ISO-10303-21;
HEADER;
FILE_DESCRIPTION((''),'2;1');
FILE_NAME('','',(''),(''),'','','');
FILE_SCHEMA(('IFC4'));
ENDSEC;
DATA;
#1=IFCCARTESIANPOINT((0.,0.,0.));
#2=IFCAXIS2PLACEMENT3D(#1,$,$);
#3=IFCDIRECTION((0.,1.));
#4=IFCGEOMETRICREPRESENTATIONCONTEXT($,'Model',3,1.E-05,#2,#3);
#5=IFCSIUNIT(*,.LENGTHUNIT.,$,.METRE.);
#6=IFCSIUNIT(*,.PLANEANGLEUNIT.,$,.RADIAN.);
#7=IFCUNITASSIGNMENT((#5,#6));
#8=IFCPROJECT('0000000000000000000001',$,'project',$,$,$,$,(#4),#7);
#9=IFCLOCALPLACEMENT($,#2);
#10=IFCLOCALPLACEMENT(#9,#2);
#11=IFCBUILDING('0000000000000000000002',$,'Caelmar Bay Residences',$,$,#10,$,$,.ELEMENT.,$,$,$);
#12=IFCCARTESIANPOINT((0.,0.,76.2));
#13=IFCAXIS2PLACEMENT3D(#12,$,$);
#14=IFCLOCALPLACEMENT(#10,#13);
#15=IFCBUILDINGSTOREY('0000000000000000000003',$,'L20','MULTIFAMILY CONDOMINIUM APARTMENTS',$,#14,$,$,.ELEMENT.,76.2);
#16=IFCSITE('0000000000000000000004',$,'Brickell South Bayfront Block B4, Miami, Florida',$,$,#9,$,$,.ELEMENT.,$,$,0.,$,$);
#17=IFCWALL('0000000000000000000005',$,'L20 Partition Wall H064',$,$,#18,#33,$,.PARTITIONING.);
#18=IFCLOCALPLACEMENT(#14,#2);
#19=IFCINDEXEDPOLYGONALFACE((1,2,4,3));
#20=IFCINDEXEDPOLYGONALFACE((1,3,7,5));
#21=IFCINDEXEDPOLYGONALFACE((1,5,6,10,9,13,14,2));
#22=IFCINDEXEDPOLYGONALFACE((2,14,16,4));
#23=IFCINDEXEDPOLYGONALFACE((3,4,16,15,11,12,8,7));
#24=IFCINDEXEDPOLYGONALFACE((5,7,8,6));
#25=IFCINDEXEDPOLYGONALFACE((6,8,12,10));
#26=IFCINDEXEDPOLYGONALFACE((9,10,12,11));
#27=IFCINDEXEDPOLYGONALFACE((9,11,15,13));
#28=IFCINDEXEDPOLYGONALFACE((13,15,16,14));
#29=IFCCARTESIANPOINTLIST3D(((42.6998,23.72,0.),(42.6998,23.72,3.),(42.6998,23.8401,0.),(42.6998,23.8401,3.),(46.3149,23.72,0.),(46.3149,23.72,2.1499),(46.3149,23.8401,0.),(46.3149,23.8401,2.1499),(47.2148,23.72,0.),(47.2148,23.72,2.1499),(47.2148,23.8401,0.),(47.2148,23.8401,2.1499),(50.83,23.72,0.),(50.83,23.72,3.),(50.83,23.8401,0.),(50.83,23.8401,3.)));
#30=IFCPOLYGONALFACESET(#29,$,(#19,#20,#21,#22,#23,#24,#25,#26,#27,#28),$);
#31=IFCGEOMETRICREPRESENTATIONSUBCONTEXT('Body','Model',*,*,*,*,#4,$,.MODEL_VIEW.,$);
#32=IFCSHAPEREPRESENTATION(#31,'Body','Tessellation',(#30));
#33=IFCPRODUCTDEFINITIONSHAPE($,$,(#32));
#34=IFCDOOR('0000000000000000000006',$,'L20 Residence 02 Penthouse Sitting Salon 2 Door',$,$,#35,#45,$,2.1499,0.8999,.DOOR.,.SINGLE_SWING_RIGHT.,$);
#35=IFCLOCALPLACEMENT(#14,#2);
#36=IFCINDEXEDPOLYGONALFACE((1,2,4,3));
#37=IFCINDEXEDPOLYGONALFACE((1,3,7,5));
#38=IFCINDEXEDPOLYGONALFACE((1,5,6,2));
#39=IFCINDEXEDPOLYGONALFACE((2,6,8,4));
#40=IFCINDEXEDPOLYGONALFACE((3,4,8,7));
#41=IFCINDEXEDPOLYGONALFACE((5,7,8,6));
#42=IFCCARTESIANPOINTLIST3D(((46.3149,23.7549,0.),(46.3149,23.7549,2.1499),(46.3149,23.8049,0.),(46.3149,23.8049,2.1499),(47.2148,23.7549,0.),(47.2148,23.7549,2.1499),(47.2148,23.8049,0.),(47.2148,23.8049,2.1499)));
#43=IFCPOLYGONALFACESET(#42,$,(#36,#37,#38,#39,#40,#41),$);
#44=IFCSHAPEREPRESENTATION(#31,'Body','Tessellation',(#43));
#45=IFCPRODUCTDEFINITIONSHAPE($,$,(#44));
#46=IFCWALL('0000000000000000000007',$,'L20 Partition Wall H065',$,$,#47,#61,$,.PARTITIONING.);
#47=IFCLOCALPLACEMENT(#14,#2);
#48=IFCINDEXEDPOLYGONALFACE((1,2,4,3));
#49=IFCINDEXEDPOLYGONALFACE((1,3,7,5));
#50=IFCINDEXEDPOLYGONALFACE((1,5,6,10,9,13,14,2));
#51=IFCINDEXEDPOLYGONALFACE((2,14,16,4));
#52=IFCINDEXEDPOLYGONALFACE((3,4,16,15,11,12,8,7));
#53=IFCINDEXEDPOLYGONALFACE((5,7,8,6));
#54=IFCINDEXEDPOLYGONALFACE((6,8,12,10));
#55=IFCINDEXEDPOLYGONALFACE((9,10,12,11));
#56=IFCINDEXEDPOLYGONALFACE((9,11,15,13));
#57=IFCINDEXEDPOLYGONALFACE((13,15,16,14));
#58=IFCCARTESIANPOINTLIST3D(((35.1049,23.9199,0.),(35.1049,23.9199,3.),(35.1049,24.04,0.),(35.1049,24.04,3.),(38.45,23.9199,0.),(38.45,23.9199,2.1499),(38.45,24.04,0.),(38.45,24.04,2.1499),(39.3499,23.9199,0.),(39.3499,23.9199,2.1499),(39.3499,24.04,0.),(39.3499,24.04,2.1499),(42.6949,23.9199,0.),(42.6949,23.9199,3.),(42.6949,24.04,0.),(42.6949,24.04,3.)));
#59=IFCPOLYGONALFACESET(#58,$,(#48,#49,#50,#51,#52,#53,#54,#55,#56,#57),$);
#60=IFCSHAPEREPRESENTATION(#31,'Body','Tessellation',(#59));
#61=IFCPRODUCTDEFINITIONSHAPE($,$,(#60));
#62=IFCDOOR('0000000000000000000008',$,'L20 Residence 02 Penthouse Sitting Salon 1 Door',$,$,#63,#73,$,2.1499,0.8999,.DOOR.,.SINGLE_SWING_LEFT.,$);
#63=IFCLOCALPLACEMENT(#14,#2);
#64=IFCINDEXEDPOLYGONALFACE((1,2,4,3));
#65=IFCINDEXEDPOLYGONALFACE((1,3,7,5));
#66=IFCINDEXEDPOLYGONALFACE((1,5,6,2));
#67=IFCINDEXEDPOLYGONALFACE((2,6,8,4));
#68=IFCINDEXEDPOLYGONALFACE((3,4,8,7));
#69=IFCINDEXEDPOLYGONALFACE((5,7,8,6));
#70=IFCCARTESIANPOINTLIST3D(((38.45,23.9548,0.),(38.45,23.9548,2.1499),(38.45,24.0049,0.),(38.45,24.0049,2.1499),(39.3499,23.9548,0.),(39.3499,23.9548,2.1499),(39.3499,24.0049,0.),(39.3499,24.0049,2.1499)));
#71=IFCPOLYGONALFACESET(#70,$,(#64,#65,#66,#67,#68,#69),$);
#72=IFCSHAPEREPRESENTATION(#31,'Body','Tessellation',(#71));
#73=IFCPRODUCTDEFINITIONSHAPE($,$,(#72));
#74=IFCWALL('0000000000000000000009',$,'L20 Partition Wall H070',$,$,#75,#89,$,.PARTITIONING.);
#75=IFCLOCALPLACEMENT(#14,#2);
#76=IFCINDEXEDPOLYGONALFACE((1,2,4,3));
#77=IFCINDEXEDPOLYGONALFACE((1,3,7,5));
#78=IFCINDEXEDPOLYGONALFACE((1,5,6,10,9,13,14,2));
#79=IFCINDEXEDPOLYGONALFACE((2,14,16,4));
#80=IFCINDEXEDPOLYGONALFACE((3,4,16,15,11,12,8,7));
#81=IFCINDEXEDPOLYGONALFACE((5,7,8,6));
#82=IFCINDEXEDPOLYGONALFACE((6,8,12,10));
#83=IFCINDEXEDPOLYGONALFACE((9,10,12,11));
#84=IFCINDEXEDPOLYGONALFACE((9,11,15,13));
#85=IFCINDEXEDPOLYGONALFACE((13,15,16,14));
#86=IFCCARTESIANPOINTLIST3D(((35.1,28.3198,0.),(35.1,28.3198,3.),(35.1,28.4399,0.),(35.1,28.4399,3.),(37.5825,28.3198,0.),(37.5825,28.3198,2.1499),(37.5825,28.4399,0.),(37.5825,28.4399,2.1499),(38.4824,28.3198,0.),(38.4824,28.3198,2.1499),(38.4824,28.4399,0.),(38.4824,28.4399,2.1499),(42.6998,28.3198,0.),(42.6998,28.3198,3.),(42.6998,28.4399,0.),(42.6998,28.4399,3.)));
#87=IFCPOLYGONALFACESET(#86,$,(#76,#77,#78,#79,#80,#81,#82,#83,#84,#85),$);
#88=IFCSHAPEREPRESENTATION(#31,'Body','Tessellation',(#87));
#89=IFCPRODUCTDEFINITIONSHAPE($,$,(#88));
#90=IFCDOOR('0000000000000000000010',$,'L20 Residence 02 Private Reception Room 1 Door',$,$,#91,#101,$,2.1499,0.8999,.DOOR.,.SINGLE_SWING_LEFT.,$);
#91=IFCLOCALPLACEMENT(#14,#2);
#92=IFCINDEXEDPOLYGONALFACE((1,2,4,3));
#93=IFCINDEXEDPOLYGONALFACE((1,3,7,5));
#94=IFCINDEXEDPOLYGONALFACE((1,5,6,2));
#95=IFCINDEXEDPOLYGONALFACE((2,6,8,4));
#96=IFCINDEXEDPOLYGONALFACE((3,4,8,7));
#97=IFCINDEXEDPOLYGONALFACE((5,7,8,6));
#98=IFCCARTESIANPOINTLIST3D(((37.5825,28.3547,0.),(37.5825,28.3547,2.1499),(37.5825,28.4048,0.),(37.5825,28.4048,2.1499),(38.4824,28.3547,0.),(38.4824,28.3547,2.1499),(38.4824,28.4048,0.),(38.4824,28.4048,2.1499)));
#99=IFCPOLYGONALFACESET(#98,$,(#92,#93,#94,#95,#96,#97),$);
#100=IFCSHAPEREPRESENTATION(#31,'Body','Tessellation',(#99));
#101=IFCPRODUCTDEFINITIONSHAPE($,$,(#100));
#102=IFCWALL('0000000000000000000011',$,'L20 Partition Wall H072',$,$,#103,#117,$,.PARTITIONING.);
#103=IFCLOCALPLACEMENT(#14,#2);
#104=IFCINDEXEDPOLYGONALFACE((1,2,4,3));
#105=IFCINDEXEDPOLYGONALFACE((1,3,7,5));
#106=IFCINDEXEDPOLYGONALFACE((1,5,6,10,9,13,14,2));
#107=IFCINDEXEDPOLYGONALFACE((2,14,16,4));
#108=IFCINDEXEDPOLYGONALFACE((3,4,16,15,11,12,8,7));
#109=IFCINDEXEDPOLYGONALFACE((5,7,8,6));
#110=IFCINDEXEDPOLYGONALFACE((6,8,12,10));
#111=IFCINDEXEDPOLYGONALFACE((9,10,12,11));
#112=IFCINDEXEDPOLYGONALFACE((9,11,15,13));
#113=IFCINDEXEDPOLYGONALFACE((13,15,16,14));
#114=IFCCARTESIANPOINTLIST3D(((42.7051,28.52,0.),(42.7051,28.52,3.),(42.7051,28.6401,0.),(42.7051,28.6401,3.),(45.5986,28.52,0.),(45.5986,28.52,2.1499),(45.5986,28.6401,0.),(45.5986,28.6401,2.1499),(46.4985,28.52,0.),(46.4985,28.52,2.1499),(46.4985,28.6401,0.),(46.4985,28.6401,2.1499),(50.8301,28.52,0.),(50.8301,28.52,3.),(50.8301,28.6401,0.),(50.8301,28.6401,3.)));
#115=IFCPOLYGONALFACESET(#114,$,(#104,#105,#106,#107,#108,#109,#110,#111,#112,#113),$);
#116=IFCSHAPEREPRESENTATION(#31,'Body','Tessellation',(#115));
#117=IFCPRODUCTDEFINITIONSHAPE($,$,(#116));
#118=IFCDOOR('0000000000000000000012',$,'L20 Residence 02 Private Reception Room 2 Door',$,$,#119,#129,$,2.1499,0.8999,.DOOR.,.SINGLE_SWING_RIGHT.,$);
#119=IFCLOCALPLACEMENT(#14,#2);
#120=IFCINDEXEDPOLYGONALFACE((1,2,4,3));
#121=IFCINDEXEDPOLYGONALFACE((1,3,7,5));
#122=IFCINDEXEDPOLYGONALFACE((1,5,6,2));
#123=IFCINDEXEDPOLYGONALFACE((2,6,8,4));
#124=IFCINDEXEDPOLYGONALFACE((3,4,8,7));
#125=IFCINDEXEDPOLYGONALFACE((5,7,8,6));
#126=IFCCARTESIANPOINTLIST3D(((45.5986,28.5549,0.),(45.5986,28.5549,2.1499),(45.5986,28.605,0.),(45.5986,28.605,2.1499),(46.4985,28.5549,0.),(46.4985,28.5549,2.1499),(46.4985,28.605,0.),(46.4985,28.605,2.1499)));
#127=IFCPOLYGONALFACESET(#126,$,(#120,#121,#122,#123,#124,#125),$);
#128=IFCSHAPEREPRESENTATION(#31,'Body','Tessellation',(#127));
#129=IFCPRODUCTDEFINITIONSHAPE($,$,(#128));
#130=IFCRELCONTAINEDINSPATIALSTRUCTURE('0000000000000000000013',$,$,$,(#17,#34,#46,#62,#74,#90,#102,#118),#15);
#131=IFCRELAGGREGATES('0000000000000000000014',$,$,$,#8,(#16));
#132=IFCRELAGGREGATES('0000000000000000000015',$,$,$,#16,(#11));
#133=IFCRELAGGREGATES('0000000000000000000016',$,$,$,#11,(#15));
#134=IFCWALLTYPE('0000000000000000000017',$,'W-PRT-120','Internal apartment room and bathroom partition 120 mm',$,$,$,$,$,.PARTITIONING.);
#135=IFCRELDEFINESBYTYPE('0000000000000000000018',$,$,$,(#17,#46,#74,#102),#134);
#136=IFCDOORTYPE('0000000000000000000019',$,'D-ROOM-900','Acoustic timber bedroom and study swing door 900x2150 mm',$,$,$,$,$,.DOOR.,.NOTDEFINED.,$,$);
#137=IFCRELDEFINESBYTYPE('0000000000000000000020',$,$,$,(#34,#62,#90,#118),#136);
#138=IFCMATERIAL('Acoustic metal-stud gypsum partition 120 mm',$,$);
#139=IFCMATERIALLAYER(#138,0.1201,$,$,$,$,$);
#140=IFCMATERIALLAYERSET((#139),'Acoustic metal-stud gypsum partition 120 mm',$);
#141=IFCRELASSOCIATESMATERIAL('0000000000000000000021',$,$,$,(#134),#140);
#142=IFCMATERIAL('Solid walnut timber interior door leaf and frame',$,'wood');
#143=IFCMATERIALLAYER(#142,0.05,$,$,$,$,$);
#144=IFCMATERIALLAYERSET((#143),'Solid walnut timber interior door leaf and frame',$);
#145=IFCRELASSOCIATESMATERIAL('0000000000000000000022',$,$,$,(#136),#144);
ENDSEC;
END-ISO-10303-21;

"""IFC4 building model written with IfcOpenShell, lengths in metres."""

from ifc_helpers import new_model, si_unit, direction, frame, frame_2d, origin, place, context, subcontext, project, spatial, rectangle, extrude, material, layer, layer_set, type_object, element, fill, save


model = new_model("IFC4")

# Units and contexts
model_context = context("Model", 3, precision=1e-05, world=origin(), true_north=direction((0.0, 1.0)))
body_context = subcontext(model_context, "Body", "Model", "MODEL_VIEW")
ifc_project = project(units=[si_unit("LENGTHUNIT", "METRE"), si_unit("PLANEANGLEUNIT", "RADIAN")], contexts=[model_context])

# Site, building, storey
site_placement = place(None, origin())
site = spatial("IfcSite", under=ifc_project, at=site_placement, Name="Brickell South Bayfront Block B4, Miami, Florida", CompositionType="ELEMENT", RefElevation=0.0)
building_placement = place(site_placement, origin())
building = spatial("IfcBuilding", under=site, at=building_placement, Name="Caelmar Bay Residences", CompositionType="ELEMENT")
storey_placement = place(building_placement, frame((0.0, 0.0, 76.2)))
storey = spatial("IfcBuildingStorey", under=building, at=storey_placement, Name="L20", Description="MULTIFAMILY CONDOMINIUM APARTMENTS", CompositionType="ELEMENT", Elevation=76.2)

# Walls, openings, doors
ifc_material_1 = material(Name="Acoustic metal-stud gypsum partition 120 mm")
ifc_layer_1 = layer(ifc_material_1, 0.1201)
ifc_layer_set_1 = layer_set([ifc_layer_1], Name="Acoustic metal-stud gypsum partition 120 mm")
wall_type = type_object("IfcWallType", Name="W-PRT-120", Description="Internal apartment room and bathroom partition 120 mm", PredefinedType="PARTITIONING", material=ifc_layer_set_1)
ifc_material_2 = material(Name="Solid walnut timber interior door leaf and frame", Category="wood")
wall_1_placement = place(storey_placement, frame((42.7, 23.78, 0.0), z_axis=(0.0, 0.0, 1.0), x_axis=(1.0, 0.0, 0.0)))
wall_1 = element("IfcWall", 1, at=wall_1_placement, inside=storey, type_object=wall_type, Name="L20 Partition Wall H064", PredefinedType="PARTITIONING", context=body_context, shape_type="SweptSolid", body=[
    extrude(rectangle(XDim=8.1301, YDim=0.1201, at=frame_2d((4.0649, 0.0))), origin(), (0.0, 0.0, 1.0), 3.0),
])
opening_1_placement = place(wall_1_placement, frame((3.615, 0.0, 0.0)))
opening_1 = element("IfcOpeningElement", 2, at=opening_1_placement, cuts=wall_1, PredefinedType="OPENING", context=body_context, shape_type="SweptSolid", body=[
    extrude(rectangle(XDim=0.8999, YDim=2.1499, at=frame_2d((0.45, 1.075))), frame((0.0, 0.0701, 0.0), z_axis=(0.0, -1.0, 0.0), x_axis=(1.0, 0.0, 0.0)), (0.0, 0.0, 1.0), 0.1401),
])
ifc_layer_2 = layer(ifc_material_2, 0.05)
ifc_layer_set_2 = layer_set([ifc_layer_2], Name="Solid walnut timber interior door leaf and frame")
door_type_1 = type_object("IfcDoorType", Name="D-ROOM-900", Description="Acoustic timber bedroom and study swing door 900x2150 mm", OperationType="NOTDEFINED", PredefinedType="DOOR", material=ifc_layer_set_2)
door_1_placement = place(opening_1_placement, origin())
door_1 = element("IfcDoor", 3, at=door_1_placement, inside=storey, type_object=door_type_1, Name="L20 Residence 02 Penthouse Sitting Salon 2 Door", OperationType="SINGLE_SWING_RIGHT", OverallHeight=2.1499, OverallWidth=0.8999, PredefinedType="DOOR", context=body_context, shape_type="SweptSolid", body=[
    extrude(rectangle(XDim=0.8999, YDim=2.1499, at=frame_2d((0.45, 1.075))), frame((0.0, 0.0249, 0.0), z_axis=(0.0, -1.0, 0.0), x_axis=(1.0, 0.0, 0.0)), (0.0, 0.0, 1.0), 0.05),
])
fill(opening_1, door_1)
wall_2_placement = place(storey_placement, frame((35.105, 23.98, 0.0), z_axis=(0.0, 0.0, 1.0), x_axis=(1.0, 0.0, 0.0)))
wall_2 = element("IfcWall", 4, at=wall_2_placement, inside=storey, type_object=wall_type, Name="L20 Partition Wall H065", PredefinedType="PARTITIONING", context=body_context, shape_type="SweptSolid", body=[
    extrude(rectangle(XDim=7.5901, YDim=0.1201, at=frame_2d((3.7949, 0.0))), origin(), (0.0, 0.0, 1.0), 3.0),
])
opening_2_placement = place(wall_2_placement, frame((3.345, 0.0, 0.0)))
opening_2 = element("IfcOpeningElement", 5, at=opening_2_placement, cuts=wall_2, PredefinedType="OPENING", context=body_context, shape_type="SweptSolid", body=[
    extrude(rectangle(XDim=0.8999, YDim=2.1499, at=frame_2d((0.45, 1.075))), frame((0.0, 0.0701, 0.0), z_axis=(0.0, -1.0, 0.0), x_axis=(1.0, 0.0, 0.0)), (0.0, 0.0, 1.0), 0.1401),
])
door_2_placement = place(opening_2_placement, origin())
door_2 = element("IfcDoor", 6, at=door_2_placement, inside=storey, type_object=door_type_1, Name="L20 Residence 02 Penthouse Sitting Salon 1 Door", OperationType="SINGLE_SWING_LEFT", OverallHeight=2.1499, OverallWidth=0.8999, PredefinedType="DOOR", context=body_context, shape_type="SweptSolid", body=[
    extrude(rectangle(XDim=0.8999, YDim=2.1499, at=frame_2d((0.45, 1.075))), frame((0.0, 0.0249, 0.0), z_axis=(0.0, -1.0, 0.0), x_axis=(1.0, 0.0, 0.0)), (0.0, 0.0, 1.0), 0.05),
])
fill(opening_2, door_2)
wall_3_placement = place(storey_placement, frame((35.1001, 28.3799, 0.0), z_axis=(0.0, 0.0, 1.0), x_axis=(1.0, 0.0, 0.0)))
wall_3 = element("IfcWall", 7, at=wall_3_placement, inside=storey, type_object=wall_type, Name="L20 Partition Wall H070", PredefinedType="PARTITIONING", context=body_context, shape_type="SweptSolid", body=[
    extrude(rectangle(XDim=7.5999, YDim=0.1201, at=frame_2d((3.7998, 0.0))), origin(), (0.0, 0.0, 1.0), 3.0),
])
opening_3_placement = place(wall_3_placement, frame((2.4824, 0.0, 0.0)))
opening_3 = element("IfcOpeningElement", 8, at=opening_3_placement, cuts=wall_3, PredefinedType="OPENING", context=body_context, shape_type="SweptSolid", body=[
    extrude(rectangle(XDim=0.8999, YDim=2.1499, at=frame_2d((0.45, 1.075))), frame((0.0, 0.0701, 0.0), z_axis=(0.0, -1.0, 0.0), x_axis=(1.0, 0.0, 0.0)), (0.0, 0.0, 1.0), 0.1401),
])
door_3_placement = place(opening_3_placement, origin())
door_3 = element("IfcDoor", 9, at=door_3_placement, inside=storey, type_object=door_type_1, Name="L20 Residence 02 Private Reception Room 1 Door", OperationType="SINGLE_SWING_LEFT", OverallHeight=2.1499, OverallWidth=0.8999, PredefinedType="DOOR", context=body_context, shape_type="SweptSolid", body=[
    extrude(rectangle(XDim=0.8999, YDim=2.1499, at=frame_2d((0.45, 1.075))), frame((0.0, 0.0249, 0.0), z_axis=(0.0, -1.0, 0.0), x_axis=(1.0, 0.0, 0.0)), (0.0, 0.0, 1.0), 0.05),
])
fill(opening_3, door_3)
wall_4_placement = place(storey_placement, frame((42.7051, 28.5801, 0.0), z_axis=(0.0, 0.0, 1.0), x_axis=(1.0, 0.0, 0.0)))
wall_4 = element("IfcWall", 10, at=wall_4_placement, inside=storey, type_object=wall_type, Name="L20 Partition Wall H072", PredefinedType="PARTITIONING", context=body_context, shape_type="SweptSolid", body=[
    extrude(rectangle(XDim=8.125, YDim=0.1201, at=frame_2d((4.0625, 0.0))), origin(), (0.0, 0.0, 1.0), 3.0),
])
opening_4_placement = place(wall_4_placement, frame((2.8936, 0.0, 0.0)))
opening_4 = element("IfcOpeningElement", 11, at=opening_4_placement, cuts=wall_4, PredefinedType="OPENING", context=body_context, shape_type="SweptSolid", body=[
    extrude(rectangle(XDim=0.8999, YDim=2.1499, at=frame_2d((0.45, 1.075))), frame((0.0, 0.0701, 0.0), z_axis=(0.0, -1.0, 0.0), x_axis=(1.0, 0.0, 0.0)), (0.0, 0.0, 1.0), 0.1401),
])
door_4_placement = place(opening_4_placement, origin())
door_4 = element("IfcDoor", 12, at=door_4_placement, inside=storey, type_object=door_type_1, Name="L20 Residence 02 Private Reception Room 2 Door", OperationType="SINGLE_SWING_RIGHT", OverallHeight=2.1499, OverallWidth=0.8999, PredefinedType="DOOR", context=body_context, shape_type="SweptSolid", body=[
    extrude(rectangle(XDim=0.8999, YDim=2.1499, at=frame_2d((0.45, 1.075))), frame((0.0, 0.0249, 0.0), z_axis=(0.0, -1.0, 0.0), x_axis=(1.0, 0.0, 0.0)), (0.0, 0.0, 1.0), 0.05),
])
fill(opening_4, door_4)

save(model, "model.ifc")
